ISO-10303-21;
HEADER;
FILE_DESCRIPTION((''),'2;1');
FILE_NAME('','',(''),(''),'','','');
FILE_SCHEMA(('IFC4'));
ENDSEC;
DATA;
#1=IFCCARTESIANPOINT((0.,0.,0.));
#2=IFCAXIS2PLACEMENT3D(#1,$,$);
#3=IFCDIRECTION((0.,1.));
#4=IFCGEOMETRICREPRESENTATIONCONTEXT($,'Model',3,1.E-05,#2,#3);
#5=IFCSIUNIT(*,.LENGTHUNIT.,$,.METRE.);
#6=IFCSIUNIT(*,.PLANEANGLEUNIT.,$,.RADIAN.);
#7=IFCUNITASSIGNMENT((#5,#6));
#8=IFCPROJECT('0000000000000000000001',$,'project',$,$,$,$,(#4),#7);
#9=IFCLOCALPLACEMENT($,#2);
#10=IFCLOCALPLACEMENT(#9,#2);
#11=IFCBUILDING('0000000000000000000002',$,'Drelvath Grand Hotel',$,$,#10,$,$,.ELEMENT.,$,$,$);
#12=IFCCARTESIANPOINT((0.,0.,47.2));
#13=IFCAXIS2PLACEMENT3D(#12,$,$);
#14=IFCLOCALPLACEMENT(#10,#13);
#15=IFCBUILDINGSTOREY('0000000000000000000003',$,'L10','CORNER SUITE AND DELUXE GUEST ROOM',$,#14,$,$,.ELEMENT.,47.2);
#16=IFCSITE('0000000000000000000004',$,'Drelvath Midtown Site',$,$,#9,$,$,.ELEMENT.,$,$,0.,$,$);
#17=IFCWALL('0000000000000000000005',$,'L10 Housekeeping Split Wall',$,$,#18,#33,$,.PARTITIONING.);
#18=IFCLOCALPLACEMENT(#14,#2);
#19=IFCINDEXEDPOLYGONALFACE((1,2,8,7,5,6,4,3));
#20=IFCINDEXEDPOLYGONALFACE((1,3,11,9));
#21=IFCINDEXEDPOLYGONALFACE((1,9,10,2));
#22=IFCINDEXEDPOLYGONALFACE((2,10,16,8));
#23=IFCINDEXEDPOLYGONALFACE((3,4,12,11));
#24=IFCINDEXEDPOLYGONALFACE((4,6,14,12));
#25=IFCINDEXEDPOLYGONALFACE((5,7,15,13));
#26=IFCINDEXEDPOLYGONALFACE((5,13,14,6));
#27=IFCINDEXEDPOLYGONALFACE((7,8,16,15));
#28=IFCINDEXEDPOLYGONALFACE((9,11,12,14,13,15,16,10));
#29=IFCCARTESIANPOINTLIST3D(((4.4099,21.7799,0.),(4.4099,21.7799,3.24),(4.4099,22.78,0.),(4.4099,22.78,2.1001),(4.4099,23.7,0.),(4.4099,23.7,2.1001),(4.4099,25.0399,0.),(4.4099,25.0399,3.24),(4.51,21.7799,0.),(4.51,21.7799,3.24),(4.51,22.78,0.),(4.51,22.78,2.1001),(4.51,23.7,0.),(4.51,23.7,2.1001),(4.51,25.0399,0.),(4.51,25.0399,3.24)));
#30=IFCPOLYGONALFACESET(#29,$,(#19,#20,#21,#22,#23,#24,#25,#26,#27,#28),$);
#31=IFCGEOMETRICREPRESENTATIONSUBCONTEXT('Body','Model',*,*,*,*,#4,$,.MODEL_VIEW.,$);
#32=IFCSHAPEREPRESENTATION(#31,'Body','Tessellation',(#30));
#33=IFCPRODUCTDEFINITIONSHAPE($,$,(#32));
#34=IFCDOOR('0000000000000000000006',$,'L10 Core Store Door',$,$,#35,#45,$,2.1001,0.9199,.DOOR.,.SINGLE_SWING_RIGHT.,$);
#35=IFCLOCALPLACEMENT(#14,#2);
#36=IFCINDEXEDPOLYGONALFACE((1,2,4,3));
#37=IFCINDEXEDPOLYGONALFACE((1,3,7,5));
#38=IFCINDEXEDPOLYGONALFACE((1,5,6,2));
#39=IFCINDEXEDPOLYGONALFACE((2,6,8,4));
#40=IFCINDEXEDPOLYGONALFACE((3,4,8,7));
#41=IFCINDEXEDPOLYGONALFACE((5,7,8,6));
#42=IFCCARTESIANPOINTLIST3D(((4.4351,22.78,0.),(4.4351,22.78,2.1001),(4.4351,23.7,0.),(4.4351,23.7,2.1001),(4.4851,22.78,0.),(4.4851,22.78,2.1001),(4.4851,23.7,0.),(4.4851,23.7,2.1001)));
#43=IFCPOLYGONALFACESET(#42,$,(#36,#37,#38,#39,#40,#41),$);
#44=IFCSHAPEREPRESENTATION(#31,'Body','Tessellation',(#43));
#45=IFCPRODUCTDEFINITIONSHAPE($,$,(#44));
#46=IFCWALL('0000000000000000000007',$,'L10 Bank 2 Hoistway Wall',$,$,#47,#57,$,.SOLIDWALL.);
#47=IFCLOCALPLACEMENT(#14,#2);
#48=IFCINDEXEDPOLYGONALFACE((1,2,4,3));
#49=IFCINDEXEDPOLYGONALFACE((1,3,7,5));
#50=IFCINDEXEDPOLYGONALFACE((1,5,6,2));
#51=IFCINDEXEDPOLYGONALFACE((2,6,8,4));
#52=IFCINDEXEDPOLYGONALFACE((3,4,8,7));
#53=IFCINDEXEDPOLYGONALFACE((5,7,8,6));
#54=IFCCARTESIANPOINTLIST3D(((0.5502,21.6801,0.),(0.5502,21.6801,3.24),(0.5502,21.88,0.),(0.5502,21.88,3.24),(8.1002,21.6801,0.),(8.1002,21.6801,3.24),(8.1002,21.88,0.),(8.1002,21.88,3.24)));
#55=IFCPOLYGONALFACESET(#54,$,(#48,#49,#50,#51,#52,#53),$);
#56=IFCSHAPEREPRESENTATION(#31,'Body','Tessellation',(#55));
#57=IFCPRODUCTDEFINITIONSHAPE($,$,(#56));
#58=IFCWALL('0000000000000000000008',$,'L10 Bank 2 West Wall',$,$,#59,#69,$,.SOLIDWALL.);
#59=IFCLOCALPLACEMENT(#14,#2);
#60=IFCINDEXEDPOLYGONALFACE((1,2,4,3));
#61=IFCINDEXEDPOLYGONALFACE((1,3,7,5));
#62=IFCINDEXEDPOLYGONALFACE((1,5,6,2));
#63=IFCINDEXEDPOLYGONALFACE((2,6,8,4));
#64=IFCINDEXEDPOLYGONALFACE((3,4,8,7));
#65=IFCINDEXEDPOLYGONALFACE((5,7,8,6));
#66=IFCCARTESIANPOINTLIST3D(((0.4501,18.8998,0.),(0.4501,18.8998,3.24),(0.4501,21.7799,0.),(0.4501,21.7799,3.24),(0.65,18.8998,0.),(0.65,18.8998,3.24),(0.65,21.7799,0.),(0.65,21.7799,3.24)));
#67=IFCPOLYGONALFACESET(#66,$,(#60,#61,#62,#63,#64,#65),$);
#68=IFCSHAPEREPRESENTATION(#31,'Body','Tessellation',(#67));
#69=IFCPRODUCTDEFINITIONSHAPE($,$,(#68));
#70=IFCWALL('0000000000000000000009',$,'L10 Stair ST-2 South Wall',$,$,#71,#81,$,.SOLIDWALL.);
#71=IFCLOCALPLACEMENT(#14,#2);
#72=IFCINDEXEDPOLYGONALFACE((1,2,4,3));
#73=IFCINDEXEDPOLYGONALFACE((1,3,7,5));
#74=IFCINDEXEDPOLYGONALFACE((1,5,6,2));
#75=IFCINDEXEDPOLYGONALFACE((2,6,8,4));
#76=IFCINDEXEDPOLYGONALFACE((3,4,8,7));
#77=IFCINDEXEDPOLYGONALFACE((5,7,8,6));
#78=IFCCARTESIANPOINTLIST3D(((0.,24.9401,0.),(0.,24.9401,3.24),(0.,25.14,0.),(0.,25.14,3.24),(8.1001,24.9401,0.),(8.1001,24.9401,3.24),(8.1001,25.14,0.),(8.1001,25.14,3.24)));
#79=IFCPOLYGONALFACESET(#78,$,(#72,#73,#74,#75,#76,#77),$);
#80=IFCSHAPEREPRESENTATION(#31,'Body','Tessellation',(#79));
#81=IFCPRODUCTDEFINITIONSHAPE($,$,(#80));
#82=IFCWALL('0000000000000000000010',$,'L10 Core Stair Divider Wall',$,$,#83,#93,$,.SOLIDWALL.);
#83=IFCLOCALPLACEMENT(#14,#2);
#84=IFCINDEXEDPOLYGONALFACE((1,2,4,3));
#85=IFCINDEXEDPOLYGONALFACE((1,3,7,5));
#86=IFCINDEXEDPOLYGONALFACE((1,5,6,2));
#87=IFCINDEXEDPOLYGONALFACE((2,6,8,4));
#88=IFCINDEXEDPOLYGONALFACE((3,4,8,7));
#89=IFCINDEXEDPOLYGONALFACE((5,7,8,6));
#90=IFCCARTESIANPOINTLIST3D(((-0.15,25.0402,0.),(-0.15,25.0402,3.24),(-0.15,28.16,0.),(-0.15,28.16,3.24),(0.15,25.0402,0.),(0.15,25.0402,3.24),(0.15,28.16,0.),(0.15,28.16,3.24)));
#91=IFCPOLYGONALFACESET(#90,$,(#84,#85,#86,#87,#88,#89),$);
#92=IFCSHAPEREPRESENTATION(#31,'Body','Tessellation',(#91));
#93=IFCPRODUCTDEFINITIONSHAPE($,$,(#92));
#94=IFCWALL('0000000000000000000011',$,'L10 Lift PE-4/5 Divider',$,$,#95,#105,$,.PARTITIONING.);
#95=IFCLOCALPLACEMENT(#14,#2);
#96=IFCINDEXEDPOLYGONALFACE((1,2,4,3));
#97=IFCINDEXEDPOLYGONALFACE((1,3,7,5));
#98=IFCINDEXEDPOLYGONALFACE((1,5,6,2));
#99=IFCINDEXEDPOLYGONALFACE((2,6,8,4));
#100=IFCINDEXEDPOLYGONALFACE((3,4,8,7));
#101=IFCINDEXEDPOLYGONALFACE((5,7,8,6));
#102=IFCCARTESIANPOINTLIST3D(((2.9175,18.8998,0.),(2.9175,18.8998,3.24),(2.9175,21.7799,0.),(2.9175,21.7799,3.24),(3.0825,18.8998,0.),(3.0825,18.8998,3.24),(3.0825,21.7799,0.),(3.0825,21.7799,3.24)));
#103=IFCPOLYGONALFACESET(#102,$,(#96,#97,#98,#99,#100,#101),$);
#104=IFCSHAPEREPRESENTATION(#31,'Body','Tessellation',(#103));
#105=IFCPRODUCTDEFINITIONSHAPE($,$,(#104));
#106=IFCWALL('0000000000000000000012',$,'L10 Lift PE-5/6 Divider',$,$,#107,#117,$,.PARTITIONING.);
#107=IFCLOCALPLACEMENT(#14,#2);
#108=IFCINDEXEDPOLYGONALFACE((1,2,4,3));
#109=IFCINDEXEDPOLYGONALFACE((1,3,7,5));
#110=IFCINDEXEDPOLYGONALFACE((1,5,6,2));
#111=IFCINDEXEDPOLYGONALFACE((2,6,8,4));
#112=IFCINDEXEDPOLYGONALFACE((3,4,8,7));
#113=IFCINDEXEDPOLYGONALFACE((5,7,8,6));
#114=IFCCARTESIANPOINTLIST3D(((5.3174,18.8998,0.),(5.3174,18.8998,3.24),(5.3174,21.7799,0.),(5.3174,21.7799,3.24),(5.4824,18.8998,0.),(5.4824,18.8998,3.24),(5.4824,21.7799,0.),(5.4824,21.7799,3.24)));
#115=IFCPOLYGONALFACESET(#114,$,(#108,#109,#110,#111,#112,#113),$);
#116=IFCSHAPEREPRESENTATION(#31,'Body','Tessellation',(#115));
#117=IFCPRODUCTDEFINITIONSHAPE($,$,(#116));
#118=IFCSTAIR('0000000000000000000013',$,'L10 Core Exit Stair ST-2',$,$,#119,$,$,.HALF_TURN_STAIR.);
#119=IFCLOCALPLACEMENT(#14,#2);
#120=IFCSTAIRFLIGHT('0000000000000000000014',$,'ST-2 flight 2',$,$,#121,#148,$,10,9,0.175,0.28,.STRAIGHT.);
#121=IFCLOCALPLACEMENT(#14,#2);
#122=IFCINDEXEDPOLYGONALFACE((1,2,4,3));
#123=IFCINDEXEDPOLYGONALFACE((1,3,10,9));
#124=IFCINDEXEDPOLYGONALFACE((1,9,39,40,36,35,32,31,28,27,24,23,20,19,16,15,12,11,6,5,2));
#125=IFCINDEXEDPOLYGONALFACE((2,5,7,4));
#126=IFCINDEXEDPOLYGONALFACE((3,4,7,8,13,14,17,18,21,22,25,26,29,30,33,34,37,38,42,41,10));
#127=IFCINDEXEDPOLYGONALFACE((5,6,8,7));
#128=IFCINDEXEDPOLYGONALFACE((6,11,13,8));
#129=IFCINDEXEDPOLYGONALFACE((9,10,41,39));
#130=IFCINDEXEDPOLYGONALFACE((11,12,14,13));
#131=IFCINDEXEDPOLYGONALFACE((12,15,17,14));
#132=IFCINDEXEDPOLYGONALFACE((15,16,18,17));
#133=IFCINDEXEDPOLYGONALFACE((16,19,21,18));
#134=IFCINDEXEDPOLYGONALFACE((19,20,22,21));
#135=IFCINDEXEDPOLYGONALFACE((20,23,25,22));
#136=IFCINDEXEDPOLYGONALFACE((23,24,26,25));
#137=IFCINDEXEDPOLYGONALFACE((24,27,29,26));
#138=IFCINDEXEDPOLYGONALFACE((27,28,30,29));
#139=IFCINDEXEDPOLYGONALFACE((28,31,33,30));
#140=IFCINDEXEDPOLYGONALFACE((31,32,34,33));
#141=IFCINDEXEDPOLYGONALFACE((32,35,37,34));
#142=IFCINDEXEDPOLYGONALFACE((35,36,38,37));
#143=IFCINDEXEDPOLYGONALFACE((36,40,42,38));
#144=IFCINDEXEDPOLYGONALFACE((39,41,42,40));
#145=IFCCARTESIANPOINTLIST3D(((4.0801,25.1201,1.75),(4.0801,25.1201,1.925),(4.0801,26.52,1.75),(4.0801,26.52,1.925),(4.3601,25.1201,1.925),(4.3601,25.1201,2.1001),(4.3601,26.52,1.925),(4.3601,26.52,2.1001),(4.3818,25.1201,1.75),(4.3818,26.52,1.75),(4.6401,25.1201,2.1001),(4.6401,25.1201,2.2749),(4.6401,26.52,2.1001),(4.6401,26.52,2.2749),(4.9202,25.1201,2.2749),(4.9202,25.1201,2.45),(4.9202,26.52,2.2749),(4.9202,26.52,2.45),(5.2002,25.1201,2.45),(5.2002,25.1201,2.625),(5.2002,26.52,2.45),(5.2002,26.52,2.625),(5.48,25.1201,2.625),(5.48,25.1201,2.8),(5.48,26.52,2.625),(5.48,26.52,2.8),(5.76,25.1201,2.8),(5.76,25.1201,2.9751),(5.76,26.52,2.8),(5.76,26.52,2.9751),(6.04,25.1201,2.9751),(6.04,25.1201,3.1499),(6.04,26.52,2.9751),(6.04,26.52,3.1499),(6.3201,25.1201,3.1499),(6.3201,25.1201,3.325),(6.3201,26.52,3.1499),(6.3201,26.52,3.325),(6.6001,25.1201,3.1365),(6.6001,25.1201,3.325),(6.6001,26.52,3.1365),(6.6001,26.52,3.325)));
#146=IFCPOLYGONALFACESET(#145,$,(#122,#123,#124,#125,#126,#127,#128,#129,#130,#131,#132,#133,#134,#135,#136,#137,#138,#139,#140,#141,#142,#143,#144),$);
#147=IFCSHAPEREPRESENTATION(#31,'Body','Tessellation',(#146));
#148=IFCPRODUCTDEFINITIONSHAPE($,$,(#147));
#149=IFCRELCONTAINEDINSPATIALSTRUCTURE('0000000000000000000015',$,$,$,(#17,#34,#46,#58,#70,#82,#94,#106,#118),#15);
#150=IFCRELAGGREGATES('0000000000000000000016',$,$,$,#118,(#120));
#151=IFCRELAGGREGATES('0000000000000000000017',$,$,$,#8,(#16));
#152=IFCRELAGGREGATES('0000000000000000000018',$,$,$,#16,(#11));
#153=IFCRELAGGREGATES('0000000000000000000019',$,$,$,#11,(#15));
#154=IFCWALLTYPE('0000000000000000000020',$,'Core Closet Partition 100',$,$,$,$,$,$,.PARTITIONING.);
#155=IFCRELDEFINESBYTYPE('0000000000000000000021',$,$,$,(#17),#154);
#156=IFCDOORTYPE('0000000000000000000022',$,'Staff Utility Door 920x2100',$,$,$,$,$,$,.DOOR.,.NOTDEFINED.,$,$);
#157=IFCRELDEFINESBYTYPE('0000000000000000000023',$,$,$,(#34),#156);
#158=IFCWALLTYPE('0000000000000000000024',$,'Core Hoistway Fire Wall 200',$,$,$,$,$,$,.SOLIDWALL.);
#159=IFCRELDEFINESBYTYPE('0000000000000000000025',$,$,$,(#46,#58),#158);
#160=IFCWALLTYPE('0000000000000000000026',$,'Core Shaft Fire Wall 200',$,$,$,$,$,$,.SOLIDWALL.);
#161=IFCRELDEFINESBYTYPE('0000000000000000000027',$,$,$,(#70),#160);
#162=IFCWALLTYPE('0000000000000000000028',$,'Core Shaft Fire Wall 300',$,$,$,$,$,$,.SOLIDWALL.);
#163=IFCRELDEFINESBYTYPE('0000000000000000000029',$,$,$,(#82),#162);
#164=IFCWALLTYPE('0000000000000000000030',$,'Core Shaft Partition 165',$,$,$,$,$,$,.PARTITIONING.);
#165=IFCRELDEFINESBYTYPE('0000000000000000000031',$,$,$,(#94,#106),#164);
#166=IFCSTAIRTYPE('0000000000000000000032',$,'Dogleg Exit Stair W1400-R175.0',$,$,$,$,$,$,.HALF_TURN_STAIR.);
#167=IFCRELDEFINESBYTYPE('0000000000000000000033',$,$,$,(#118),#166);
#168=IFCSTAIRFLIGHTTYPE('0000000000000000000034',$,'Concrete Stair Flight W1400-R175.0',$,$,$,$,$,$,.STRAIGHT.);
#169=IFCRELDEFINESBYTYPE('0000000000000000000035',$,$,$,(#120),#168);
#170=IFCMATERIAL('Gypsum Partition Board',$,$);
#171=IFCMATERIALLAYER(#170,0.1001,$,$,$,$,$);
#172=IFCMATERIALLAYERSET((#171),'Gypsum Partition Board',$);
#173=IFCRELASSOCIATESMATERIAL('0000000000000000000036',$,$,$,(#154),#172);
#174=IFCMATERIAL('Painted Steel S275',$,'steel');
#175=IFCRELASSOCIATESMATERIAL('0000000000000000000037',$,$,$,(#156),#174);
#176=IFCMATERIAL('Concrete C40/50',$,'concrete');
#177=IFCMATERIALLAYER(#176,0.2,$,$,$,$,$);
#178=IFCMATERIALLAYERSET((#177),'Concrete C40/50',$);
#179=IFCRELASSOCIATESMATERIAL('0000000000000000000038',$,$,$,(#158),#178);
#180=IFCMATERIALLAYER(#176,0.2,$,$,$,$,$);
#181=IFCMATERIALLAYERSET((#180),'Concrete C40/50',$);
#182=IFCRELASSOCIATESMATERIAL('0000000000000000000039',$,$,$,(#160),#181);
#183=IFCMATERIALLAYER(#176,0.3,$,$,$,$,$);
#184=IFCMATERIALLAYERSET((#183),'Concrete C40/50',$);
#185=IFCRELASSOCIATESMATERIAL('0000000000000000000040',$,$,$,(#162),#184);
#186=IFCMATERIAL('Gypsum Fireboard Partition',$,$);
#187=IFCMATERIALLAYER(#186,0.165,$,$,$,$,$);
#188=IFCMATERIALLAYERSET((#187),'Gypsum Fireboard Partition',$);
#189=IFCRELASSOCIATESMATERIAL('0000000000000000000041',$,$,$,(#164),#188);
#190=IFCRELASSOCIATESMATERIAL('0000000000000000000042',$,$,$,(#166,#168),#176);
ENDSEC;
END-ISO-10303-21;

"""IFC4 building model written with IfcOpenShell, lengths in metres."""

from ifc_helpers import new_model, si_unit, direction, frame, frame_2d, origin, place, context, subcontext, project, spatial, polyline, rectangle, outline, extrude, material, layer, layer_set, type_object, element, fill, aggregate, save


model = new_model("IFC4")

# Units and contexts
model_context = context("Model", 3, precision=1e-05, world=origin(), true_north=direction((0.0, 1.0)))
body_context = subcontext(model_context, "Body", "Model", "MODEL_VIEW")
ifc_project = project(units=[si_unit("LENGTHUNIT", "METRE"), si_unit("PLANEANGLEUNIT", "RADIAN")], contexts=[model_context])

# Site, building, storey
site_placement = place(None, origin())
site = spatial("IfcSite", under=ifc_project, at=site_placement, Name="Drelvath Midtown Site", CompositionType="ELEMENT", RefElevation=0.0)
building_placement = place(site_placement, origin())
building = spatial("IfcBuilding", under=site, at=building_placement, Name="Drelvath Grand Hotel", CompositionType="ELEMENT")
storey_placement = place(building_placement, frame((0.0, 0.0, 47.2)))
storey = spatial("IfcBuildingStorey", under=building, at=storey_placement, Name="L10", Description="CORNER SUITE AND DELUXE GUEST ROOM", CompositionType="ELEMENT", Elevation=47.2)

# Wall, opening, door
ifc_material_1 = material(Name="Gypsum Partition Board")
ifc_layer_1 = layer(ifc_material_1, 0.1001)
ifc_layer_set_1 = layer_set([ifc_layer_1], Name="Gypsum Partition Board")
wall_type_1 = type_object("IfcWallType", Name="Core Closet Partition 100", PredefinedType="PARTITIONING", material=ifc_layer_set_1)
wall_1_placement = place(storey_placement, frame((4.46, 21.78, 0.0), z_axis=(0.0, 0.0, 1.0), x_axis=(0.0, 1.0, 0.0)))
wall_1 = element("IfcWall", 1, at=wall_1_placement, inside=storey, type_object=wall_type_1, Name="L10 Housekeeping Split Wall", PredefinedType="PARTITIONING", context=body_context, shape_type="SweptSolid", body=[
    extrude(rectangle(XDim=3.26, YDim=0.1001, at=frame_2d((1.6299, 0.0))), origin(), (0.0, 0.0, 1.0), 3.24),
])
opening_placement = place(wall_1_placement, frame((1.0, 0.0, 0.0)))
opening = element("IfcOpeningElement", 2, at=opening_placement, cuts=wall_1, PredefinedType="OPENING", context=body_context, shape_type="SweptSolid", body=[
    extrude(rectangle(XDim=0.9199, YDim=2.1001, at=frame_2d((0.46, 1.05))), frame((0.0, 0.0601, 0.0), z_axis=(0.0, -1.0, 0.0), x_axis=(1.0, 0.0, 0.0)), (0.0, 0.0, 1.0), 0.1201),
])
ifc_material_2 = material(Name="Painted Steel S275", Category="steel")
door_type = type_object("IfcDoorType", Name="Staff Utility Door 920x2100", OperationType="NOTDEFINED", PredefinedType="DOOR", material=ifc_material_2)
door_placement = place(opening_placement, origin())
door = element("IfcDoor", 3, at=door_placement, inside=storey, type_object=door_type, Name="L10 Core Store Door", OperationType="SINGLE_SWING_RIGHT", OverallHeight=2.1001, OverallWidth=0.9199, PredefinedType="DOOR", context=body_context, shape_type="SweptSolid", body=[
    extrude(rectangle(XDim=0.9199, YDim=2.1001, at=frame_2d((0.46, 1.05))), frame((0.0, 0.0249, 0.0), z_axis=(0.0, -1.0, 0.0), x_axis=(1.0, 0.0, 0.0)), (0.0, 0.0, 1.0), 0.05),
])
fill(opening, door)

# Walls
ifc_material_3 = material(Name="Concrete C40/50", Category="concrete")
ifc_layer_2 = layer(ifc_material_3, 0.2)
ifc_layer_set_2 = layer_set([ifc_layer_2], Name="Concrete C40/50")
wall_type_2 = type_object("IfcWallType", Name="Core Hoistway Fire Wall 200", PredefinedType="SOLIDWALL", material=ifc_layer_set_2)
wall_2_placement = place(storey_placement, frame((8.1001, 21.78, 0.0), z_axis=(0.0, 0.0, 1.0), x_axis=(-1.0, 0.0, 0.0)))
element("IfcWall", 4, at=wall_2_placement, inside=storey, type_object=wall_type_2, Name="L10 Bank 2 Hoistway Wall", PredefinedType="SOLIDWALL", context=body_context, shape_type="SweptSolid", body=[
    extrude(rectangle(XDim=7.55, YDim=0.2, at=frame_2d((3.7749, 0.0))), origin(), (0.0, 0.0, 1.0), 3.24),
])
wall_3_placement = place(storey_placement, frame((0.55, 18.8999, 0.0), z_axis=(0.0, 0.0, 1.0), x_axis=(0.0, 1.0, 0.0)))
element("IfcWall", 5, at=wall_3_placement, inside=storey, type_object=wall_type_2, Name="L10 Bank 2 West Wall", PredefinedType="SOLIDWALL", context=body_context, shape_type="SweptSolid", body=[
    extrude(rectangle(XDim=2.8801, YDim=0.2, at=frame_2d((1.4399, 0.0))), origin(), (0.0, 0.0, 1.0), 3.24),
])
ifc_layer_3 = layer(ifc_material_3, 0.2)
ifc_layer_set_3 = layer_set([ifc_layer_3], Name="Concrete C40/50")
wall_type_3 = type_object("IfcWallType", Name="Core Shaft Fire Wall 200", PredefinedType="SOLIDWALL", material=ifc_layer_set_3)
wall_4_placement = place(storey_placement, frame((0.0, 25.04, 0.0), z_axis=(0.0, 0.0, 1.0), x_axis=(1.0, 0.0, 0.0)))
element("IfcWall", 6, at=wall_4_placement, inside=storey, type_object=wall_type_3, Name="L10 Stair ST-2 South Wall", PredefinedType="SOLIDWALL", context=body_context, shape_type="SweptSolid", body=[
    extrude(rectangle(XDim=8.1001, YDim=0.2, at=frame_2d((4.05, 0.0))), origin(), (0.0, 0.0, 1.0), 3.24),
])
ifc_layer_4 = layer(ifc_material_3, 0.3)
ifc_layer_set_4 = layer_set([ifc_layer_4], Name="Concrete C40/50")
wall_type_4 = type_object("IfcWallType", Name="Core Shaft Fire Wall 300", PredefinedType="SOLIDWALL", material=ifc_layer_set_4)
wall_5_placement = place(storey_placement, frame((0.0, 25.04, 0.0), z_axis=(0.0, 0.0, 1.0), x_axis=(0.0, 1.0, 0.0)))
element("IfcWall", 7, at=wall_5_placement, inside=storey, type_object=wall_type_4, Name="L10 Core Stair Divider Wall", PredefinedType="SOLIDWALL", context=body_context, shape_type="SweptSolid", body=[
    extrude(rectangle(XDim=3.1199, YDim=0.3, at=frame_2d((1.5601, 0.0))), origin(), (0.0, 0.0, 1.0), 3.24),
])
ifc_material_4 = material(Name="Gypsum Fireboard Partition")
ifc_layer_5 = layer(ifc_material_4, 0.165)
ifc_layer_set_5 = layer_set([ifc_layer_5], Name="Gypsum Fireboard Partition")
wall_type_5 = type_object("IfcWallType", Name="Core Shaft Partition 165", PredefinedType="PARTITIONING", material=ifc_layer_set_5)
for number, where, z_axis, x_axis, name in (
    (8, (3.0, 18.8999, 0.0), (0.0, 0.0, 1.0), (0.0, 1.0, 0.0), "L10 Lift PE-4/5 Divider"),
    (9, (5.3999, 18.8999, 0.0), (0.0, 0.0, 1.0), (0.0, 1.0, 0.0), "L10 Lift PE-5/6 Divider"),
):
    element("IfcWall", number, at=place(storey_placement, frame(where, z_axis=z_axis, x_axis=x_axis)), inside=storey, type_object=wall_type_5, Name=name, PredefinedType="PARTITIONING", context=body_context, shape_type="SweptSolid", body=[
        extrude(rectangle(XDim=2.8801, YDim=0.165, at=frame_2d((1.4399, 0.0))), origin(), (0.0, 0.0, 1.0), 3.24),
    ])

# Stair, stair flight
stair_type = type_object("IfcStairType", Name="Dogleg Exit Stair W1400-R175.0", PredefinedType="HALF_TURN_STAIR", material=ifc_material_3)
stair_placement = place(storey_placement, origin())
stair = element("IfcStair", 10, at=stair_placement, inside=storey, type_object=stair_type, Name="L10 Core Exit Stair ST-2", PredefinedType="HALF_TURN_STAIR")
stair_flight_type = type_object("IfcStairFlightType", Name="Concrete Stair Flight W1400-R175.0", PredefinedType="STRAIGHT", material=ifc_material_3)
stair_flight_placement = place(storey_placement, frame((4.0801, 25.8201, 1.75), z_axis=(0.0, 0.0, 1.0), x_axis=(1.0, 0.0, 0.0)))
stair_flight = element("IfcStairFlight", 11, at=stair_flight_placement, type_object=stair_flight_type, Name="ST-2 flight 2", NumberOfRisers=10, NumberOfTreads=9, PredefinedType="STRAIGHT", RiserHeight=0.175, TreadLength=0.28, context=body_context, shape_type="SweptSolid", body=[
    extrude(outline(polyline([(0.0, 0.0), (0.0, 0.175), (0.28, 0.175), (0.28, 0.3501), (0.5601, 0.3501), (0.5601, 0.5249), (0.8401, 0.5249), (0.8401, 0.7), (1.1201, 0.7), (1.1201, 0.875), (1.3999, 0.875), (1.3999, 1.05), (1.6799, 1.05), (1.6799, 1.2251), (1.96, 1.2251), (1.96, 1.3999), (2.24, 1.3999), (2.24, 1.575), (2.52, 1.575), (2.52, 1.75), (2.52, 1.3865), (0.3018, 0.0), (0.0, 0.0)])), frame((0.0, 0.7, 0.0), z_axis=(0.0, -1.0, 0.0), x_axis=(1.0, 0.0, 0.0)), (0.0, 0.0, 1.0), 1.3999),
])
aggregate(stair, [stair_flight])

save(model, "model.ifc")
